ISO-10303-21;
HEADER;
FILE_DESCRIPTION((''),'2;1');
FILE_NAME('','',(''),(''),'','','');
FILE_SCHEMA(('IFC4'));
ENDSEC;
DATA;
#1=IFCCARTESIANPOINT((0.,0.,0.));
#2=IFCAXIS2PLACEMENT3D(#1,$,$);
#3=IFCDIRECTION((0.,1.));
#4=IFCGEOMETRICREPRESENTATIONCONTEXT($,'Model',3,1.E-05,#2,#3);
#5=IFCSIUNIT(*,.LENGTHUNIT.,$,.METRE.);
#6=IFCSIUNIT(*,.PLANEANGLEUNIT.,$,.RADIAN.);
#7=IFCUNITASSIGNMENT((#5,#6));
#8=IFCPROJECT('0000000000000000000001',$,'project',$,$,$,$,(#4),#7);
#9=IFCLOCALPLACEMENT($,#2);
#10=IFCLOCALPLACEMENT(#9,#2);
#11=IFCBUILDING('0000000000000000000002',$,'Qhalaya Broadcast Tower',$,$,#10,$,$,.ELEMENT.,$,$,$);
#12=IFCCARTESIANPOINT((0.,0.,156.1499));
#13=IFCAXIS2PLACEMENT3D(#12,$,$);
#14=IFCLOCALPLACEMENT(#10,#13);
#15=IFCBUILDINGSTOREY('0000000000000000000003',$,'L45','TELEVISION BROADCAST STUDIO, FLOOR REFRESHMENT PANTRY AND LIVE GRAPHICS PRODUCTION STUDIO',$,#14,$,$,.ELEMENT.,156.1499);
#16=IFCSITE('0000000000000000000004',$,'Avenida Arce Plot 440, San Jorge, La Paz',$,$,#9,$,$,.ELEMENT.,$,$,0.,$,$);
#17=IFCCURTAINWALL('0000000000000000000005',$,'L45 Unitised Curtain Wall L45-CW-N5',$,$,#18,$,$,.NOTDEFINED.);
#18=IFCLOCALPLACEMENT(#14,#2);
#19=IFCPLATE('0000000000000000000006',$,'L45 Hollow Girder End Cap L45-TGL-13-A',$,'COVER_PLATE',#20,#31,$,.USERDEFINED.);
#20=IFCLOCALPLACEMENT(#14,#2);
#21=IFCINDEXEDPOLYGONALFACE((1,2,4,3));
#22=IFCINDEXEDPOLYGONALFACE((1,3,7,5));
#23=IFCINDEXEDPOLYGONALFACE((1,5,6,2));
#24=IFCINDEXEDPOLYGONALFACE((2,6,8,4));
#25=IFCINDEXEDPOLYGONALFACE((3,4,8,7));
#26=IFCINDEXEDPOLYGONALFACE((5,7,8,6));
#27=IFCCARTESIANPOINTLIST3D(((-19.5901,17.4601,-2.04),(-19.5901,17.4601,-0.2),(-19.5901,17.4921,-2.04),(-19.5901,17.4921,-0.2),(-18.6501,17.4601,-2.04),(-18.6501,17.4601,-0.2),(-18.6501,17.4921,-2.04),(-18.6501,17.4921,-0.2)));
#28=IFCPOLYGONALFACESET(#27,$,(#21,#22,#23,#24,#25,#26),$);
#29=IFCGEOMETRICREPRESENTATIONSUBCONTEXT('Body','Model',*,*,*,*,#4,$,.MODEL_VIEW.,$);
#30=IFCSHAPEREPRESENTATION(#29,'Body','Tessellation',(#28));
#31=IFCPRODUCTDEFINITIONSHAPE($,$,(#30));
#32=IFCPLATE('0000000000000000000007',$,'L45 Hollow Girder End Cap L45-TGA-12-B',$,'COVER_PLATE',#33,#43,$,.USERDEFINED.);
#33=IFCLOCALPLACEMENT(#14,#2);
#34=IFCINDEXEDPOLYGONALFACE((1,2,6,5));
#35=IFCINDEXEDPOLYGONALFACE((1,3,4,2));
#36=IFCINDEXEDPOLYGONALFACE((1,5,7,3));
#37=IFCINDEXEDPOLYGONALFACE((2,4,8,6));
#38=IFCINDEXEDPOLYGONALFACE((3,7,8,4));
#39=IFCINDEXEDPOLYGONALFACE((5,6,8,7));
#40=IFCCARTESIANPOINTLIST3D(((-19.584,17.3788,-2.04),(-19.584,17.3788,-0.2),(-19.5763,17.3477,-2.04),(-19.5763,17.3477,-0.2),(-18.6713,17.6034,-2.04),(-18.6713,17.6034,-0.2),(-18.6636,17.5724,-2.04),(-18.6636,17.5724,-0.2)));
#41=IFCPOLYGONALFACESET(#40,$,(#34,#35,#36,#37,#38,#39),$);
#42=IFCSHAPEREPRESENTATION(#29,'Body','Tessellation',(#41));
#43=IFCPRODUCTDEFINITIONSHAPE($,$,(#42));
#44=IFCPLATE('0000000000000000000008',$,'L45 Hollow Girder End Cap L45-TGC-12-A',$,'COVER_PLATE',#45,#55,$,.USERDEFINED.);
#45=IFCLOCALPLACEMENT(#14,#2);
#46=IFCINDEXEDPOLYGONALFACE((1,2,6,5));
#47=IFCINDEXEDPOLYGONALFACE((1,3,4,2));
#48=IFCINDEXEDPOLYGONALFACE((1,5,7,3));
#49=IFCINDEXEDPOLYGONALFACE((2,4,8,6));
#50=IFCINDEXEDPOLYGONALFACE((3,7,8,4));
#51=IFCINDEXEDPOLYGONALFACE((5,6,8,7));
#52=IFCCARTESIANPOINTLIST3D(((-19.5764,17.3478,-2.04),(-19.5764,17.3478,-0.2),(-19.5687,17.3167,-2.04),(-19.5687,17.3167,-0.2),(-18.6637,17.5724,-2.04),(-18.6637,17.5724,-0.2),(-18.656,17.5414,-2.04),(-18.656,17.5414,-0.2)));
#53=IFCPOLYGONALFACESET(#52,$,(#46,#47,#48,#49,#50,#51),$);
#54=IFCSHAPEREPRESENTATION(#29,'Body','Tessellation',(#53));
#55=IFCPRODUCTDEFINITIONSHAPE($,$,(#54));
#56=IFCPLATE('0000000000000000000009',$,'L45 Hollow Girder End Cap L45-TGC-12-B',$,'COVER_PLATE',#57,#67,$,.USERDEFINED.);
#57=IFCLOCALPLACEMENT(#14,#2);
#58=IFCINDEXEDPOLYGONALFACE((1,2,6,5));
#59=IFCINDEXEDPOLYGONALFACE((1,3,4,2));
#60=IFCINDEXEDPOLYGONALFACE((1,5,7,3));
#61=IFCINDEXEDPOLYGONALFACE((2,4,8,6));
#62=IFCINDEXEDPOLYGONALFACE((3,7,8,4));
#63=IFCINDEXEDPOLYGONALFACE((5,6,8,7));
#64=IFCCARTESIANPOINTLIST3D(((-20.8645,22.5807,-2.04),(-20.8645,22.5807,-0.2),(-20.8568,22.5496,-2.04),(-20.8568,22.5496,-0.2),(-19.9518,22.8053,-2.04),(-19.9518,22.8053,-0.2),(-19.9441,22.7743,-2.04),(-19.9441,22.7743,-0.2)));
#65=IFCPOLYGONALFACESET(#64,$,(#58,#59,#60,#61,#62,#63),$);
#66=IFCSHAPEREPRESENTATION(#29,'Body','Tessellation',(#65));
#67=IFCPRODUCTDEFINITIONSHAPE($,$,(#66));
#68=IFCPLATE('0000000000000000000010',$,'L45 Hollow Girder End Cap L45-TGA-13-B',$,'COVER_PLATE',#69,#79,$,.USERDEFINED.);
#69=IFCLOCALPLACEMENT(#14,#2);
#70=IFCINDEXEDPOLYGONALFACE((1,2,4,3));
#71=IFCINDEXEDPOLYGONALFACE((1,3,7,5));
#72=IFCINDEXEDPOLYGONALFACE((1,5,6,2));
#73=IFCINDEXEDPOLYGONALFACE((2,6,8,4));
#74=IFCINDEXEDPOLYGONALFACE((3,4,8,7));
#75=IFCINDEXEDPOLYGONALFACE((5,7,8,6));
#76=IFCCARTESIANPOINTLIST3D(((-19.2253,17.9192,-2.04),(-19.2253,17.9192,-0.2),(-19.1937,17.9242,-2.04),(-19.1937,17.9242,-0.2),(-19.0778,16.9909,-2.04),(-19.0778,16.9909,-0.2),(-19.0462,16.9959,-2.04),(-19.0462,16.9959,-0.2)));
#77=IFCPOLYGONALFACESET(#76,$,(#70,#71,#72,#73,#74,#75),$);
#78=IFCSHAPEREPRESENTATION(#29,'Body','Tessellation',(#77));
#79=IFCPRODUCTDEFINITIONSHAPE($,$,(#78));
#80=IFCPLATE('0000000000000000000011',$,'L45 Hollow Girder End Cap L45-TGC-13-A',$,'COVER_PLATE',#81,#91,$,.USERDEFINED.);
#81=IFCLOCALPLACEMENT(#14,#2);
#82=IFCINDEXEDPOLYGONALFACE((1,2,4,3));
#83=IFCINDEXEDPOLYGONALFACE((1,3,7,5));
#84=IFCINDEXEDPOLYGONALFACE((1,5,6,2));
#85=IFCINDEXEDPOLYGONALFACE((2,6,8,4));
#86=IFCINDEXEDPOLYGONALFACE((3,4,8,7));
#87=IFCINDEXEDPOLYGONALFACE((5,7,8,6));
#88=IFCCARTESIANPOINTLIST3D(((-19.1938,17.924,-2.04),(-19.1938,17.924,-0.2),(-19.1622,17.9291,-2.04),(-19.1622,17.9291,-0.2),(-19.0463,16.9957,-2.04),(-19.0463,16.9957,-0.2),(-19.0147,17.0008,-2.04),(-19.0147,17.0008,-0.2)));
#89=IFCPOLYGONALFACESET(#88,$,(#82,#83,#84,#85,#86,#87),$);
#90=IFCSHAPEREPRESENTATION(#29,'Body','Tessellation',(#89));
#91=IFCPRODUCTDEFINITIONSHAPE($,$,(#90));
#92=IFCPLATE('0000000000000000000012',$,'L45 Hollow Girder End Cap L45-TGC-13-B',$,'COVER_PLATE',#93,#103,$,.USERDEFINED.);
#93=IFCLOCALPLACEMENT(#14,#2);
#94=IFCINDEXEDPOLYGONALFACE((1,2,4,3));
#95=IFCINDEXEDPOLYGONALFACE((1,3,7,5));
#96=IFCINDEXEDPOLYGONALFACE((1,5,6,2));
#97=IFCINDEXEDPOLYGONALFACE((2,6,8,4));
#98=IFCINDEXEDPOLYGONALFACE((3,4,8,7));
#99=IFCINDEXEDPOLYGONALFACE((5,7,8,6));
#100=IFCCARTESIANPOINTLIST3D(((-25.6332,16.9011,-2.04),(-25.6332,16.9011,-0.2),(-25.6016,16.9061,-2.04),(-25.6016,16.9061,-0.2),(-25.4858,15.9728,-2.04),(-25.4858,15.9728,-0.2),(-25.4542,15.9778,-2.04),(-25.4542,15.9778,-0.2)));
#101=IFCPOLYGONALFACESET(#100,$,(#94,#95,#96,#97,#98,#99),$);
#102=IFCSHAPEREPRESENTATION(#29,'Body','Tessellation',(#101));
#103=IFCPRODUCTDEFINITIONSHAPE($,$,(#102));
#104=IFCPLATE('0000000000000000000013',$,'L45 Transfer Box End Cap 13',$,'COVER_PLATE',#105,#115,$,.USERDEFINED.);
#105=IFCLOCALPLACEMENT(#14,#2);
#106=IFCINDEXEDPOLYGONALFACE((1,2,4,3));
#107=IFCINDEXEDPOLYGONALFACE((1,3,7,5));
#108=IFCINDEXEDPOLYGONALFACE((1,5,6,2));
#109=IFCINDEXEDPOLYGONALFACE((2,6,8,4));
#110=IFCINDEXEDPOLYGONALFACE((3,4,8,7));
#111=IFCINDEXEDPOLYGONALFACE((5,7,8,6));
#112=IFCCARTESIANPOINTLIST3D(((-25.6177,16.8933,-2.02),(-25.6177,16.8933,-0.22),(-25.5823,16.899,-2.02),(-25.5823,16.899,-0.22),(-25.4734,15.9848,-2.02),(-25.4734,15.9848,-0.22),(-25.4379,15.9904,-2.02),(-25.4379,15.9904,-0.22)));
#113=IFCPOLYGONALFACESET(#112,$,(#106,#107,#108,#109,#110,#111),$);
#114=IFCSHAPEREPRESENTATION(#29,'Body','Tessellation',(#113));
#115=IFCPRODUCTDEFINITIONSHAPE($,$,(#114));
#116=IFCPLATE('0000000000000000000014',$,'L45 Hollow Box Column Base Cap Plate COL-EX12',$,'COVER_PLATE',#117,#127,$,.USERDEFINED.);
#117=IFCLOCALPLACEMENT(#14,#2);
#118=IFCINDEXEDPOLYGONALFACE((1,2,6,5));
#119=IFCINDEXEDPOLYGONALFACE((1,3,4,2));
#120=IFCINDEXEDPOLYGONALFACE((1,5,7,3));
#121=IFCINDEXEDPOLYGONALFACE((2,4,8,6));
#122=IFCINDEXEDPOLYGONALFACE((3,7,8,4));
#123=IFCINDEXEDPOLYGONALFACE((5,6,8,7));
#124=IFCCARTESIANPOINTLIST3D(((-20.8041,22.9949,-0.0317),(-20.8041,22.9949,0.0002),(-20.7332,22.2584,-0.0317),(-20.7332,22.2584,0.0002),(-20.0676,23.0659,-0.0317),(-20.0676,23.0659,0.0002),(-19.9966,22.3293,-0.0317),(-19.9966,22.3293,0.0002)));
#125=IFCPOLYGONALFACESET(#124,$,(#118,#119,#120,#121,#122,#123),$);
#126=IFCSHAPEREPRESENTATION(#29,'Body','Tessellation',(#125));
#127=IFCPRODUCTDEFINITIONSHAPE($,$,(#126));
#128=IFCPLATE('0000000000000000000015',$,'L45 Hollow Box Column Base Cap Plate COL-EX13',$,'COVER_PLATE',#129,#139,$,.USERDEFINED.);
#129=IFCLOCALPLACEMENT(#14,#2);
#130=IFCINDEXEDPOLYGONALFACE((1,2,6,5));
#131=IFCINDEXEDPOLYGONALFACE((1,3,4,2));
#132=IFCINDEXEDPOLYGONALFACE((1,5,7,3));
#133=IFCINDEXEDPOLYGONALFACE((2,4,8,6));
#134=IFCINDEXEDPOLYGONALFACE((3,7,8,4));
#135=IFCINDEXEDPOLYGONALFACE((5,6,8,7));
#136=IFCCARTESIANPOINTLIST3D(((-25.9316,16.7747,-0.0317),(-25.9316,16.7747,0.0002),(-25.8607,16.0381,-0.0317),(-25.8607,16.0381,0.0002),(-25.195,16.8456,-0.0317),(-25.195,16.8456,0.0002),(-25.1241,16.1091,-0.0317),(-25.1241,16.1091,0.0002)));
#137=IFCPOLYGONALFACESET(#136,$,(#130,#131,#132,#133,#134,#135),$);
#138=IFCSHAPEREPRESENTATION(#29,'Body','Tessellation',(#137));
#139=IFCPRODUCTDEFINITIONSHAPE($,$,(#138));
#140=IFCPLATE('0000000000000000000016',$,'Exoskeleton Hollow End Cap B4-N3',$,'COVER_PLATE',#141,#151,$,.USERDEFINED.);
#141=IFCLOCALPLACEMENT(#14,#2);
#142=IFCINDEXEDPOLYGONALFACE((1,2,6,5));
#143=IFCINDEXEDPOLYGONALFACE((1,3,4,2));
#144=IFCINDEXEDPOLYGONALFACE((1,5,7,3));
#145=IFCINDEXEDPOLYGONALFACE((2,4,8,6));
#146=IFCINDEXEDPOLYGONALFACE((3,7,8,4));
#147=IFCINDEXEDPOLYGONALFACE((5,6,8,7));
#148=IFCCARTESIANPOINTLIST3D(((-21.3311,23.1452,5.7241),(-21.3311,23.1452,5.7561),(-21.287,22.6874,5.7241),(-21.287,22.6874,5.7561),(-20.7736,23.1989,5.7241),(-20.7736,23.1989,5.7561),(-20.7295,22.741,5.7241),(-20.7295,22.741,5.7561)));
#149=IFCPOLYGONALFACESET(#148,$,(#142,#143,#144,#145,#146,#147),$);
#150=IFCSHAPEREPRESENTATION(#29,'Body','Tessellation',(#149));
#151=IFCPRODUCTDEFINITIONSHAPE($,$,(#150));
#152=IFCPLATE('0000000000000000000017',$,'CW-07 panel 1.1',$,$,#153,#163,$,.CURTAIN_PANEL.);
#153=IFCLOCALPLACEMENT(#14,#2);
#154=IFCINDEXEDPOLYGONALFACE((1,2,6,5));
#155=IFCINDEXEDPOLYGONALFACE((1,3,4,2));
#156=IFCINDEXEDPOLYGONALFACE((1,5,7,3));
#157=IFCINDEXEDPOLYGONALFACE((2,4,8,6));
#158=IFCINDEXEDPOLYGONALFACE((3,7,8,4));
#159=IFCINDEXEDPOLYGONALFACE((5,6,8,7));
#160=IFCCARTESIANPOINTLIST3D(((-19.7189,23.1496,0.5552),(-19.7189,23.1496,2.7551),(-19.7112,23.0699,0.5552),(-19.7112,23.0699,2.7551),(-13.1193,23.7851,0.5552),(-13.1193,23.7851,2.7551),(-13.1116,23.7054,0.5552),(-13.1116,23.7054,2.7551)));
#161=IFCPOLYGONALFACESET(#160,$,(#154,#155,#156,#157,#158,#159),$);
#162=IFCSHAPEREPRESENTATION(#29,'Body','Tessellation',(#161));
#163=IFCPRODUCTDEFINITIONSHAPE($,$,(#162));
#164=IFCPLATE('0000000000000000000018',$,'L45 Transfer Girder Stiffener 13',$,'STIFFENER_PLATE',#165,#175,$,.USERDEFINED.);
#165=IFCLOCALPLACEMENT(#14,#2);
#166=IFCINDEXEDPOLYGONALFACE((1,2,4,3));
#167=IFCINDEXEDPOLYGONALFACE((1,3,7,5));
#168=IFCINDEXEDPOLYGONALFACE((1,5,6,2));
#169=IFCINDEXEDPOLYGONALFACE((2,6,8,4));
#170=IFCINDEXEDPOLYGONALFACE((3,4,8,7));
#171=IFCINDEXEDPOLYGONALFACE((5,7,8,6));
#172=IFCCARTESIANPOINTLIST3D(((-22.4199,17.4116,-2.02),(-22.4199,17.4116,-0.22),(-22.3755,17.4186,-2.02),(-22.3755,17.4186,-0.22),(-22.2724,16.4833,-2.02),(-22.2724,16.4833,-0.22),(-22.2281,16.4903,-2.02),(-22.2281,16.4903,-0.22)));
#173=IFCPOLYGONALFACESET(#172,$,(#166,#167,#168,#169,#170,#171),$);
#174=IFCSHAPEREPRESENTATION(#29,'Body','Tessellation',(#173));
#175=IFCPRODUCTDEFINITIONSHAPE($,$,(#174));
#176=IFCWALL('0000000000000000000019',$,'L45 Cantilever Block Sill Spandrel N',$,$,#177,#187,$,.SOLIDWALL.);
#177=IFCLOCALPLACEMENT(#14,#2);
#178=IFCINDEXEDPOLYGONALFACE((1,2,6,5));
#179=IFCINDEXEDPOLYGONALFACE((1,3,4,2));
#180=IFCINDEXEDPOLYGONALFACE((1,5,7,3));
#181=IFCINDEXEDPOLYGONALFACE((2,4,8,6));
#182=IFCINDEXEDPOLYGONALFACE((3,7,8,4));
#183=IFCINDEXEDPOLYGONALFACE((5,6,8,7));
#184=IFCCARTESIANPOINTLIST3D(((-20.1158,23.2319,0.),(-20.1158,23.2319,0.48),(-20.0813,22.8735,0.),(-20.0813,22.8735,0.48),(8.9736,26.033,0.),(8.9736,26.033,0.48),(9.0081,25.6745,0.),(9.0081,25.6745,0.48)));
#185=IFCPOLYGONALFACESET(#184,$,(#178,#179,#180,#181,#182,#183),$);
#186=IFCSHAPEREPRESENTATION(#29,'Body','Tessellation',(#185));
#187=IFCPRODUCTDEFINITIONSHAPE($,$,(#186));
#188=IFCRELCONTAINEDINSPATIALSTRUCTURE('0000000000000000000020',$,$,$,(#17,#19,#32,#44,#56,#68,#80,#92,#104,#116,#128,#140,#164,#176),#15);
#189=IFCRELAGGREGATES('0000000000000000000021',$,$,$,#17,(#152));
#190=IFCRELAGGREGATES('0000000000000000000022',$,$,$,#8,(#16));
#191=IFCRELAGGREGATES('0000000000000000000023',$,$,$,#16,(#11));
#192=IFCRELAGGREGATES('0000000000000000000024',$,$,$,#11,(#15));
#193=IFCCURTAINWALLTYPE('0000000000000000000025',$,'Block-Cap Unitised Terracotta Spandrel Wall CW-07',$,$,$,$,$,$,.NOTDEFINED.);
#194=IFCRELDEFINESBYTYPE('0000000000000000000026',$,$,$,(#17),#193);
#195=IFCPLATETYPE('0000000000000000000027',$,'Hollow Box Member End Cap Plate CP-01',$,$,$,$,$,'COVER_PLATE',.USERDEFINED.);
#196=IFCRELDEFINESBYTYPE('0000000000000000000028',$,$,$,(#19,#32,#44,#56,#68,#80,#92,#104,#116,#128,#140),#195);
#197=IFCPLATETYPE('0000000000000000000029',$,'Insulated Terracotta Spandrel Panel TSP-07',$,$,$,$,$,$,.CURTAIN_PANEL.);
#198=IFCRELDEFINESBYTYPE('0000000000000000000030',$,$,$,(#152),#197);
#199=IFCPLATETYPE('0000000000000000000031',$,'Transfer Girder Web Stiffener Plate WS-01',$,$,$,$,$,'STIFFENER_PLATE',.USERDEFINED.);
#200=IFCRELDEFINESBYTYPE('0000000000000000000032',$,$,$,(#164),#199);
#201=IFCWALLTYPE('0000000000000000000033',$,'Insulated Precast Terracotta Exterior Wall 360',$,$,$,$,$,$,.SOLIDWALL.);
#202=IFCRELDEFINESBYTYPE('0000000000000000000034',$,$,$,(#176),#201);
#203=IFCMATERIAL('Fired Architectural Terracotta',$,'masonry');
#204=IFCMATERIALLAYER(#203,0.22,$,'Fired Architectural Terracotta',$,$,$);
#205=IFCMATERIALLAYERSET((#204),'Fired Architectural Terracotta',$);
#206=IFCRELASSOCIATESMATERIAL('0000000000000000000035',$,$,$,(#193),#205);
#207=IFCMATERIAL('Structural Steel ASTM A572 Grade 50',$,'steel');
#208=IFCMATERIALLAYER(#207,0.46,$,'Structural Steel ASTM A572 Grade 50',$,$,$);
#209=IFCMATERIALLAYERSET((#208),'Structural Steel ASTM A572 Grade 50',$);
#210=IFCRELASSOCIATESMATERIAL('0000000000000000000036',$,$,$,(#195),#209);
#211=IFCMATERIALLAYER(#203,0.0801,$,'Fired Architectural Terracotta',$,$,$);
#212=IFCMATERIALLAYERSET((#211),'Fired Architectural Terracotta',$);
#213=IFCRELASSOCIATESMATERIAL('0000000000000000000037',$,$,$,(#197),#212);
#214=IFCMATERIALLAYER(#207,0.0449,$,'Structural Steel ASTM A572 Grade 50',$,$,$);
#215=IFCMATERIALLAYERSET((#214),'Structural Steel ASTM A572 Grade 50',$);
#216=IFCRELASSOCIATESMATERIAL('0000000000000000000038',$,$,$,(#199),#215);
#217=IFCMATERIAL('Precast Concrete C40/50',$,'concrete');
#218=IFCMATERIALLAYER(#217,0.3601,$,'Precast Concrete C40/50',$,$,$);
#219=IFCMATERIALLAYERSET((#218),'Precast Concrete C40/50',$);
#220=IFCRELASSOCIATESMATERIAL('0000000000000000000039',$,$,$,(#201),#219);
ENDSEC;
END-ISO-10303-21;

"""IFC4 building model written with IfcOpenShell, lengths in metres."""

from ifc_helpers import new_model, si_unit, direction, frame, frame_2d, origin, origin_2d, place, context, subcontext, project, spatial, rectangle, extrude, material, layer, layer_set, type_object, element, aggregate, save


model = new_model("IFC4")

# Units and contexts
model_context = context("Model", 3, precision=1e-05, world=origin(), true_north=direction((0.0, 1.0)))
body_context = subcontext(model_context, "Body", "Model", "MODEL_VIEW")
ifc_project = project(units=[si_unit("LENGTHUNIT", "METRE"), si_unit("PLANEANGLEUNIT", "RADIAN")], contexts=[model_context])

# Site, building, storey
site_placement = place(None, origin())
site = spatial("IfcSite", under=ifc_project, at=site_placement, Name="Avenida Arce Plot 440, San Jorge, La Paz", CompositionType="ELEMENT", RefElevation=0.0)
building_placement = place(site_placement, origin())
building = spatial("IfcBuilding", under=site, at=building_placement, Name="Qhalaya Broadcast Tower", CompositionType="ELEMENT")
storey_placement = place(building_placement, frame((0.0, 0.0, 156.1499)))
storey = spatial("IfcBuildingStorey", under=building, at=storey_placement, Name="L45", Description="TELEVISION BROADCAST STUDIO, FLOOR REFRESHMENT PANTRY AND LIVE GRAPHICS PRODUCTION STUDIO", CompositionType="ELEMENT", Elevation=156.1499)

# Shared definitions
ifc_material_1 = material(Name="Structural Steel ASTM A572 Grade 50", Category="steel")

# Curtain wall
ifc_material_2 = material(Name="Fired Architectural Terracotta", Category="masonry")
ifc_layer_1 = layer(ifc_material_2, 0.22, Name="Fired Architectural Terracotta")
ifc_layer_set_1 = layer_set([ifc_layer_1], Name="Fired Architectural Terracotta")
curtain_wall_type = type_object("IfcCurtainWallType", Name="Block-Cap Unitised Terracotta Spandrel Wall CW-07", PredefinedType="NOTDEFINED", material=ifc_layer_set_1)
curtain_wall_1_placement = place(storey_placement, origin())
curtain_wall_1 = element("IfcCurtainWall", 1, at=curtain_wall_1_placement, inside=storey, type_object=curtain_wall_type, Name="L45 Unitised Curtain Wall L45-CW-N5", PredefinedType="NOTDEFINED")

# Plates
ifc_layer_2 = layer(ifc_material_1, 0.46, Name="Structural Steel ASTM A572 Grade 50")
ifc_layer_set_2 = layer_set([ifc_layer_2], Name="Structural Steel ASTM A572 Grade 50")
plate_type_1 = type_object("IfcPlateType", Name="Hollow Box Member End Cap Plate CP-01", ElementType="COVER_PLATE", PredefinedType="USERDEFINED", material=ifc_layer_set_2)
for number, where, z_axis, x_axis, name in (
    (2, (-19.1201, 17.4761, -2.04), (0.0, 0.0, 1.0), (1.0, 0.0, 0.0), "L45 Hollow Girder End Cap L45-TGL-13-A"),
    (3, (-19.1238, 17.4756, -2.04), (0.0, 0.0, 1.0), (-0.971018, -0.239008, 0.0), "L45 Hollow Girder End Cap L45-TGA-12-B"),
    (4, (-19.1162, 17.4446, -2.04), (0.0, 0.0, 1.0), (-0.971018, -0.239008, 0.0), "L45 Hollow Girder End Cap L45-TGC-12-A"),
    (5, (-20.4043, 22.6775, -2.04), (0.0, 0.0, 1.0), (-0.971018, -0.239008, 0.0), "L45 Hollow Girder End Cap L45-TGC-12-B"),
    (6, (-19.1357, 17.4575, -2.04), (0.0, 0.0, 1.0), (0.1569, -0.987615, 0.0), "L45 Hollow Girder End Cap L45-TGA-13-B"),
    (7, (-19.1042, 17.4624, -2.04), (0.0, 0.0, 1.0), (0.1569, -0.987615, 0.0), "L45 Hollow Girder End Cap L45-TGC-13-A"),
    (8, (-25.5437, 16.4395, -2.04), (0.0, 0.0, 1.0), (0.1569, -0.987615, 0.0), "L45 Hollow Girder End Cap L45-TGC-13-B"),
):
    element("IfcPlate", number, at=place(storey_placement, frame(where, z_axis=z_axis, x_axis=x_axis)), inside=storey, type_object=plate_type_1, Name=name, ObjectType="COVER_PLATE", PredefinedType="USERDEFINED", context=body_context, shape_type="SweptSolid", body=[
        extrude(rectangle(XDim=0.9399, YDim=0.032, at=origin_2d()), origin(), (0.0, 0.0, 1.0), 1.8401),
    ])
plate_1_placement = place(storey_placement, frame((-25.5278, 16.4419, -2.02), z_axis=(0.0, 0.0, 1.0), x_axis=(0.1569, -0.987615, 0.0)))
element("IfcPlate", 9, at=plate_1_placement, inside=storey, type_object=plate_type_1, Name="L45 Transfer Box End Cap 13", ObjectType="COVER_PLATE", PredefinedType="USERDEFINED", context=body_context, shape_type="SweptSolid", body=[
    extrude(rectangle(XDim=0.9199, YDim=0.0359, at=origin_2d()), origin(), (0.0, 0.0, 1.0), 1.8),
])
for number, where, z_axis, x_axis, name in (
    (10, (-20.4004, 22.6621, -0.0317), (0.0, 0.0, 1.0), (0.995396, 0.095846, 0.0), "L45 Hollow Box Column Base Cap Plate COL-EX12"),
    (11, (-25.5278, 16.4419, -0.0317), (0.0, 0.0, 1.0), (-0.095846, 0.995396, 0.0), "L45 Hollow Box Column Base Cap Plate COL-EX13"),
):
    element("IfcPlate", number, at=place(storey_placement, frame(where, z_axis=z_axis, x_axis=x_axis)), inside=storey, type_object=plate_type_1, Name=name, ObjectType="COVER_PLATE", PredefinedType="USERDEFINED", context=body_context, shape_type="SweptSolid", body=[
        extrude(rectangle(XDim=0.74, YDim=0.74, at=origin_2d()), origin(), (0.0, 0.0, 1.0), 0.032),
    ])
plate_2_placement = place(storey_placement, frame((-21.0303, 22.9431, 5.7241), z_axis=(0.0, 0.0, 1.0), x_axis=(0.995396, 0.095846, 0.0)))
element("IfcPlate", 12, at=plate_2_placement, inside=storey, type_object=plate_type_1, Name="Exoskeleton Hollow End Cap B4-N3", ObjectType="COVER_PLATE", PredefinedType="USERDEFINED", context=body_context, shape_type="SweptSolid", body=[
    extrude(rectangle(XDim=0.5601, YDim=0.46, at=origin_2d()), origin(), (0.0, 0.0, 1.0), 0.032),
])

# Plates
ifc_layer_3 = layer(ifc_material_2, 0.0801, Name="Fired Architectural Terracotta")
ifc_layer_set_3 = layer_set([ifc_layer_3], Name="Fired Architectural Terracotta")
plate_type_2 = type_object("IfcPlateType", Name="Insulated Terracotta Spandrel Panel TSP-07", PredefinedType="CURTAIN_PANEL", material=ifc_layer_set_3)
plate_3_placement = place(storey_placement, frame((-16.4153, 23.4275, 0.5552), z_axis=(0.0, 0.0, 1.0), x_axis=(-0.995397, -0.095841, 0.0)))
plate_3 = element("IfcPlate", 13, at=plate_3_placement, type_object=plate_type_2, Name="CW-07 panel 1.1", PredefinedType="CURTAIN_PANEL", context=body_context, shape_type="SweptSolid", body=[
    extrude(rectangle(XDim=6.6301, YDim=0.0801, at=origin_2d()), origin(), (0.0, 0.0, 1.0), 2.2),
])
aggregate(curtain_wall_1, [plate_3])
ifc_layer_4 = layer(ifc_material_1, 0.0449, Name="Structural Steel ASTM A572 Grade 50")
ifc_layer_set_4 = layer_set([ifc_layer_4], Name="Structural Steel ASTM A572 Grade 50")
plate_type_3 = type_object("IfcPlateType", Name="Transfer Girder Web Stiffener Plate WS-01", ElementType="STIFFENER_PLATE", PredefinedType="USERDEFINED", material=ifc_layer_set_4)
plate_4_placement = place(storey_placement, frame((-22.324, 16.9509, -2.02), z_axis=(0.0, 0.0, 1.0), x_axis=(0.1569, -0.987615, 0.0)))
element("IfcPlate", 14, at=plate_4_placement, inside=storey, type_object=plate_type_3, Name="L45 Transfer Girder Stiffener 13", ObjectType="STIFFENER_PLATE", PredefinedType="USERDEFINED", context=body_context, shape_type="SweptSolid", body=[
    extrude(rectangle(XDim=0.9399, YDim=0.0449, at=origin_2d()), origin(), (0.0, 0.0, 1.0), 1.8),
])

# Wall
ifc_material_3 = material(Name="Precast Concrete C40/50", Category="concrete")
ifc_layer_5 = layer(ifc_material_3, 0.3601, Name="Precast Concrete C40/50")
ifc_layer_set_5 = layer_set([ifc_layer_5], Name="Precast Concrete C40/50")
wall_type = type_object("IfcWallType", Name="Insulated Precast Terracotta Exterior Wall 360", PredefinedType="SOLIDWALL", material=ifc_layer_set_5)
wall_placement = place(storey_placement, frame((-20.0984, 23.0527, 0.0), z_axis=(0.0, 0.0, 1.0), x_axis=(0.995396, 0.095847, 0.0)))
element("IfcWall", 15, at=wall_placement, inside=storey, type_object=wall_type, Name="L45 Cantilever Block Sill Spandrel N", PredefinedType="SOLIDWALL", context=body_context, shape_type="SweptSolid", body=[
    extrude(rectangle(XDim=29.2239, YDim=0.3601, at=frame_2d((14.6118, 0.0))), origin(), (0.0, 0.0, 1.0), 0.48),
])

save(model, "model.ifc")
